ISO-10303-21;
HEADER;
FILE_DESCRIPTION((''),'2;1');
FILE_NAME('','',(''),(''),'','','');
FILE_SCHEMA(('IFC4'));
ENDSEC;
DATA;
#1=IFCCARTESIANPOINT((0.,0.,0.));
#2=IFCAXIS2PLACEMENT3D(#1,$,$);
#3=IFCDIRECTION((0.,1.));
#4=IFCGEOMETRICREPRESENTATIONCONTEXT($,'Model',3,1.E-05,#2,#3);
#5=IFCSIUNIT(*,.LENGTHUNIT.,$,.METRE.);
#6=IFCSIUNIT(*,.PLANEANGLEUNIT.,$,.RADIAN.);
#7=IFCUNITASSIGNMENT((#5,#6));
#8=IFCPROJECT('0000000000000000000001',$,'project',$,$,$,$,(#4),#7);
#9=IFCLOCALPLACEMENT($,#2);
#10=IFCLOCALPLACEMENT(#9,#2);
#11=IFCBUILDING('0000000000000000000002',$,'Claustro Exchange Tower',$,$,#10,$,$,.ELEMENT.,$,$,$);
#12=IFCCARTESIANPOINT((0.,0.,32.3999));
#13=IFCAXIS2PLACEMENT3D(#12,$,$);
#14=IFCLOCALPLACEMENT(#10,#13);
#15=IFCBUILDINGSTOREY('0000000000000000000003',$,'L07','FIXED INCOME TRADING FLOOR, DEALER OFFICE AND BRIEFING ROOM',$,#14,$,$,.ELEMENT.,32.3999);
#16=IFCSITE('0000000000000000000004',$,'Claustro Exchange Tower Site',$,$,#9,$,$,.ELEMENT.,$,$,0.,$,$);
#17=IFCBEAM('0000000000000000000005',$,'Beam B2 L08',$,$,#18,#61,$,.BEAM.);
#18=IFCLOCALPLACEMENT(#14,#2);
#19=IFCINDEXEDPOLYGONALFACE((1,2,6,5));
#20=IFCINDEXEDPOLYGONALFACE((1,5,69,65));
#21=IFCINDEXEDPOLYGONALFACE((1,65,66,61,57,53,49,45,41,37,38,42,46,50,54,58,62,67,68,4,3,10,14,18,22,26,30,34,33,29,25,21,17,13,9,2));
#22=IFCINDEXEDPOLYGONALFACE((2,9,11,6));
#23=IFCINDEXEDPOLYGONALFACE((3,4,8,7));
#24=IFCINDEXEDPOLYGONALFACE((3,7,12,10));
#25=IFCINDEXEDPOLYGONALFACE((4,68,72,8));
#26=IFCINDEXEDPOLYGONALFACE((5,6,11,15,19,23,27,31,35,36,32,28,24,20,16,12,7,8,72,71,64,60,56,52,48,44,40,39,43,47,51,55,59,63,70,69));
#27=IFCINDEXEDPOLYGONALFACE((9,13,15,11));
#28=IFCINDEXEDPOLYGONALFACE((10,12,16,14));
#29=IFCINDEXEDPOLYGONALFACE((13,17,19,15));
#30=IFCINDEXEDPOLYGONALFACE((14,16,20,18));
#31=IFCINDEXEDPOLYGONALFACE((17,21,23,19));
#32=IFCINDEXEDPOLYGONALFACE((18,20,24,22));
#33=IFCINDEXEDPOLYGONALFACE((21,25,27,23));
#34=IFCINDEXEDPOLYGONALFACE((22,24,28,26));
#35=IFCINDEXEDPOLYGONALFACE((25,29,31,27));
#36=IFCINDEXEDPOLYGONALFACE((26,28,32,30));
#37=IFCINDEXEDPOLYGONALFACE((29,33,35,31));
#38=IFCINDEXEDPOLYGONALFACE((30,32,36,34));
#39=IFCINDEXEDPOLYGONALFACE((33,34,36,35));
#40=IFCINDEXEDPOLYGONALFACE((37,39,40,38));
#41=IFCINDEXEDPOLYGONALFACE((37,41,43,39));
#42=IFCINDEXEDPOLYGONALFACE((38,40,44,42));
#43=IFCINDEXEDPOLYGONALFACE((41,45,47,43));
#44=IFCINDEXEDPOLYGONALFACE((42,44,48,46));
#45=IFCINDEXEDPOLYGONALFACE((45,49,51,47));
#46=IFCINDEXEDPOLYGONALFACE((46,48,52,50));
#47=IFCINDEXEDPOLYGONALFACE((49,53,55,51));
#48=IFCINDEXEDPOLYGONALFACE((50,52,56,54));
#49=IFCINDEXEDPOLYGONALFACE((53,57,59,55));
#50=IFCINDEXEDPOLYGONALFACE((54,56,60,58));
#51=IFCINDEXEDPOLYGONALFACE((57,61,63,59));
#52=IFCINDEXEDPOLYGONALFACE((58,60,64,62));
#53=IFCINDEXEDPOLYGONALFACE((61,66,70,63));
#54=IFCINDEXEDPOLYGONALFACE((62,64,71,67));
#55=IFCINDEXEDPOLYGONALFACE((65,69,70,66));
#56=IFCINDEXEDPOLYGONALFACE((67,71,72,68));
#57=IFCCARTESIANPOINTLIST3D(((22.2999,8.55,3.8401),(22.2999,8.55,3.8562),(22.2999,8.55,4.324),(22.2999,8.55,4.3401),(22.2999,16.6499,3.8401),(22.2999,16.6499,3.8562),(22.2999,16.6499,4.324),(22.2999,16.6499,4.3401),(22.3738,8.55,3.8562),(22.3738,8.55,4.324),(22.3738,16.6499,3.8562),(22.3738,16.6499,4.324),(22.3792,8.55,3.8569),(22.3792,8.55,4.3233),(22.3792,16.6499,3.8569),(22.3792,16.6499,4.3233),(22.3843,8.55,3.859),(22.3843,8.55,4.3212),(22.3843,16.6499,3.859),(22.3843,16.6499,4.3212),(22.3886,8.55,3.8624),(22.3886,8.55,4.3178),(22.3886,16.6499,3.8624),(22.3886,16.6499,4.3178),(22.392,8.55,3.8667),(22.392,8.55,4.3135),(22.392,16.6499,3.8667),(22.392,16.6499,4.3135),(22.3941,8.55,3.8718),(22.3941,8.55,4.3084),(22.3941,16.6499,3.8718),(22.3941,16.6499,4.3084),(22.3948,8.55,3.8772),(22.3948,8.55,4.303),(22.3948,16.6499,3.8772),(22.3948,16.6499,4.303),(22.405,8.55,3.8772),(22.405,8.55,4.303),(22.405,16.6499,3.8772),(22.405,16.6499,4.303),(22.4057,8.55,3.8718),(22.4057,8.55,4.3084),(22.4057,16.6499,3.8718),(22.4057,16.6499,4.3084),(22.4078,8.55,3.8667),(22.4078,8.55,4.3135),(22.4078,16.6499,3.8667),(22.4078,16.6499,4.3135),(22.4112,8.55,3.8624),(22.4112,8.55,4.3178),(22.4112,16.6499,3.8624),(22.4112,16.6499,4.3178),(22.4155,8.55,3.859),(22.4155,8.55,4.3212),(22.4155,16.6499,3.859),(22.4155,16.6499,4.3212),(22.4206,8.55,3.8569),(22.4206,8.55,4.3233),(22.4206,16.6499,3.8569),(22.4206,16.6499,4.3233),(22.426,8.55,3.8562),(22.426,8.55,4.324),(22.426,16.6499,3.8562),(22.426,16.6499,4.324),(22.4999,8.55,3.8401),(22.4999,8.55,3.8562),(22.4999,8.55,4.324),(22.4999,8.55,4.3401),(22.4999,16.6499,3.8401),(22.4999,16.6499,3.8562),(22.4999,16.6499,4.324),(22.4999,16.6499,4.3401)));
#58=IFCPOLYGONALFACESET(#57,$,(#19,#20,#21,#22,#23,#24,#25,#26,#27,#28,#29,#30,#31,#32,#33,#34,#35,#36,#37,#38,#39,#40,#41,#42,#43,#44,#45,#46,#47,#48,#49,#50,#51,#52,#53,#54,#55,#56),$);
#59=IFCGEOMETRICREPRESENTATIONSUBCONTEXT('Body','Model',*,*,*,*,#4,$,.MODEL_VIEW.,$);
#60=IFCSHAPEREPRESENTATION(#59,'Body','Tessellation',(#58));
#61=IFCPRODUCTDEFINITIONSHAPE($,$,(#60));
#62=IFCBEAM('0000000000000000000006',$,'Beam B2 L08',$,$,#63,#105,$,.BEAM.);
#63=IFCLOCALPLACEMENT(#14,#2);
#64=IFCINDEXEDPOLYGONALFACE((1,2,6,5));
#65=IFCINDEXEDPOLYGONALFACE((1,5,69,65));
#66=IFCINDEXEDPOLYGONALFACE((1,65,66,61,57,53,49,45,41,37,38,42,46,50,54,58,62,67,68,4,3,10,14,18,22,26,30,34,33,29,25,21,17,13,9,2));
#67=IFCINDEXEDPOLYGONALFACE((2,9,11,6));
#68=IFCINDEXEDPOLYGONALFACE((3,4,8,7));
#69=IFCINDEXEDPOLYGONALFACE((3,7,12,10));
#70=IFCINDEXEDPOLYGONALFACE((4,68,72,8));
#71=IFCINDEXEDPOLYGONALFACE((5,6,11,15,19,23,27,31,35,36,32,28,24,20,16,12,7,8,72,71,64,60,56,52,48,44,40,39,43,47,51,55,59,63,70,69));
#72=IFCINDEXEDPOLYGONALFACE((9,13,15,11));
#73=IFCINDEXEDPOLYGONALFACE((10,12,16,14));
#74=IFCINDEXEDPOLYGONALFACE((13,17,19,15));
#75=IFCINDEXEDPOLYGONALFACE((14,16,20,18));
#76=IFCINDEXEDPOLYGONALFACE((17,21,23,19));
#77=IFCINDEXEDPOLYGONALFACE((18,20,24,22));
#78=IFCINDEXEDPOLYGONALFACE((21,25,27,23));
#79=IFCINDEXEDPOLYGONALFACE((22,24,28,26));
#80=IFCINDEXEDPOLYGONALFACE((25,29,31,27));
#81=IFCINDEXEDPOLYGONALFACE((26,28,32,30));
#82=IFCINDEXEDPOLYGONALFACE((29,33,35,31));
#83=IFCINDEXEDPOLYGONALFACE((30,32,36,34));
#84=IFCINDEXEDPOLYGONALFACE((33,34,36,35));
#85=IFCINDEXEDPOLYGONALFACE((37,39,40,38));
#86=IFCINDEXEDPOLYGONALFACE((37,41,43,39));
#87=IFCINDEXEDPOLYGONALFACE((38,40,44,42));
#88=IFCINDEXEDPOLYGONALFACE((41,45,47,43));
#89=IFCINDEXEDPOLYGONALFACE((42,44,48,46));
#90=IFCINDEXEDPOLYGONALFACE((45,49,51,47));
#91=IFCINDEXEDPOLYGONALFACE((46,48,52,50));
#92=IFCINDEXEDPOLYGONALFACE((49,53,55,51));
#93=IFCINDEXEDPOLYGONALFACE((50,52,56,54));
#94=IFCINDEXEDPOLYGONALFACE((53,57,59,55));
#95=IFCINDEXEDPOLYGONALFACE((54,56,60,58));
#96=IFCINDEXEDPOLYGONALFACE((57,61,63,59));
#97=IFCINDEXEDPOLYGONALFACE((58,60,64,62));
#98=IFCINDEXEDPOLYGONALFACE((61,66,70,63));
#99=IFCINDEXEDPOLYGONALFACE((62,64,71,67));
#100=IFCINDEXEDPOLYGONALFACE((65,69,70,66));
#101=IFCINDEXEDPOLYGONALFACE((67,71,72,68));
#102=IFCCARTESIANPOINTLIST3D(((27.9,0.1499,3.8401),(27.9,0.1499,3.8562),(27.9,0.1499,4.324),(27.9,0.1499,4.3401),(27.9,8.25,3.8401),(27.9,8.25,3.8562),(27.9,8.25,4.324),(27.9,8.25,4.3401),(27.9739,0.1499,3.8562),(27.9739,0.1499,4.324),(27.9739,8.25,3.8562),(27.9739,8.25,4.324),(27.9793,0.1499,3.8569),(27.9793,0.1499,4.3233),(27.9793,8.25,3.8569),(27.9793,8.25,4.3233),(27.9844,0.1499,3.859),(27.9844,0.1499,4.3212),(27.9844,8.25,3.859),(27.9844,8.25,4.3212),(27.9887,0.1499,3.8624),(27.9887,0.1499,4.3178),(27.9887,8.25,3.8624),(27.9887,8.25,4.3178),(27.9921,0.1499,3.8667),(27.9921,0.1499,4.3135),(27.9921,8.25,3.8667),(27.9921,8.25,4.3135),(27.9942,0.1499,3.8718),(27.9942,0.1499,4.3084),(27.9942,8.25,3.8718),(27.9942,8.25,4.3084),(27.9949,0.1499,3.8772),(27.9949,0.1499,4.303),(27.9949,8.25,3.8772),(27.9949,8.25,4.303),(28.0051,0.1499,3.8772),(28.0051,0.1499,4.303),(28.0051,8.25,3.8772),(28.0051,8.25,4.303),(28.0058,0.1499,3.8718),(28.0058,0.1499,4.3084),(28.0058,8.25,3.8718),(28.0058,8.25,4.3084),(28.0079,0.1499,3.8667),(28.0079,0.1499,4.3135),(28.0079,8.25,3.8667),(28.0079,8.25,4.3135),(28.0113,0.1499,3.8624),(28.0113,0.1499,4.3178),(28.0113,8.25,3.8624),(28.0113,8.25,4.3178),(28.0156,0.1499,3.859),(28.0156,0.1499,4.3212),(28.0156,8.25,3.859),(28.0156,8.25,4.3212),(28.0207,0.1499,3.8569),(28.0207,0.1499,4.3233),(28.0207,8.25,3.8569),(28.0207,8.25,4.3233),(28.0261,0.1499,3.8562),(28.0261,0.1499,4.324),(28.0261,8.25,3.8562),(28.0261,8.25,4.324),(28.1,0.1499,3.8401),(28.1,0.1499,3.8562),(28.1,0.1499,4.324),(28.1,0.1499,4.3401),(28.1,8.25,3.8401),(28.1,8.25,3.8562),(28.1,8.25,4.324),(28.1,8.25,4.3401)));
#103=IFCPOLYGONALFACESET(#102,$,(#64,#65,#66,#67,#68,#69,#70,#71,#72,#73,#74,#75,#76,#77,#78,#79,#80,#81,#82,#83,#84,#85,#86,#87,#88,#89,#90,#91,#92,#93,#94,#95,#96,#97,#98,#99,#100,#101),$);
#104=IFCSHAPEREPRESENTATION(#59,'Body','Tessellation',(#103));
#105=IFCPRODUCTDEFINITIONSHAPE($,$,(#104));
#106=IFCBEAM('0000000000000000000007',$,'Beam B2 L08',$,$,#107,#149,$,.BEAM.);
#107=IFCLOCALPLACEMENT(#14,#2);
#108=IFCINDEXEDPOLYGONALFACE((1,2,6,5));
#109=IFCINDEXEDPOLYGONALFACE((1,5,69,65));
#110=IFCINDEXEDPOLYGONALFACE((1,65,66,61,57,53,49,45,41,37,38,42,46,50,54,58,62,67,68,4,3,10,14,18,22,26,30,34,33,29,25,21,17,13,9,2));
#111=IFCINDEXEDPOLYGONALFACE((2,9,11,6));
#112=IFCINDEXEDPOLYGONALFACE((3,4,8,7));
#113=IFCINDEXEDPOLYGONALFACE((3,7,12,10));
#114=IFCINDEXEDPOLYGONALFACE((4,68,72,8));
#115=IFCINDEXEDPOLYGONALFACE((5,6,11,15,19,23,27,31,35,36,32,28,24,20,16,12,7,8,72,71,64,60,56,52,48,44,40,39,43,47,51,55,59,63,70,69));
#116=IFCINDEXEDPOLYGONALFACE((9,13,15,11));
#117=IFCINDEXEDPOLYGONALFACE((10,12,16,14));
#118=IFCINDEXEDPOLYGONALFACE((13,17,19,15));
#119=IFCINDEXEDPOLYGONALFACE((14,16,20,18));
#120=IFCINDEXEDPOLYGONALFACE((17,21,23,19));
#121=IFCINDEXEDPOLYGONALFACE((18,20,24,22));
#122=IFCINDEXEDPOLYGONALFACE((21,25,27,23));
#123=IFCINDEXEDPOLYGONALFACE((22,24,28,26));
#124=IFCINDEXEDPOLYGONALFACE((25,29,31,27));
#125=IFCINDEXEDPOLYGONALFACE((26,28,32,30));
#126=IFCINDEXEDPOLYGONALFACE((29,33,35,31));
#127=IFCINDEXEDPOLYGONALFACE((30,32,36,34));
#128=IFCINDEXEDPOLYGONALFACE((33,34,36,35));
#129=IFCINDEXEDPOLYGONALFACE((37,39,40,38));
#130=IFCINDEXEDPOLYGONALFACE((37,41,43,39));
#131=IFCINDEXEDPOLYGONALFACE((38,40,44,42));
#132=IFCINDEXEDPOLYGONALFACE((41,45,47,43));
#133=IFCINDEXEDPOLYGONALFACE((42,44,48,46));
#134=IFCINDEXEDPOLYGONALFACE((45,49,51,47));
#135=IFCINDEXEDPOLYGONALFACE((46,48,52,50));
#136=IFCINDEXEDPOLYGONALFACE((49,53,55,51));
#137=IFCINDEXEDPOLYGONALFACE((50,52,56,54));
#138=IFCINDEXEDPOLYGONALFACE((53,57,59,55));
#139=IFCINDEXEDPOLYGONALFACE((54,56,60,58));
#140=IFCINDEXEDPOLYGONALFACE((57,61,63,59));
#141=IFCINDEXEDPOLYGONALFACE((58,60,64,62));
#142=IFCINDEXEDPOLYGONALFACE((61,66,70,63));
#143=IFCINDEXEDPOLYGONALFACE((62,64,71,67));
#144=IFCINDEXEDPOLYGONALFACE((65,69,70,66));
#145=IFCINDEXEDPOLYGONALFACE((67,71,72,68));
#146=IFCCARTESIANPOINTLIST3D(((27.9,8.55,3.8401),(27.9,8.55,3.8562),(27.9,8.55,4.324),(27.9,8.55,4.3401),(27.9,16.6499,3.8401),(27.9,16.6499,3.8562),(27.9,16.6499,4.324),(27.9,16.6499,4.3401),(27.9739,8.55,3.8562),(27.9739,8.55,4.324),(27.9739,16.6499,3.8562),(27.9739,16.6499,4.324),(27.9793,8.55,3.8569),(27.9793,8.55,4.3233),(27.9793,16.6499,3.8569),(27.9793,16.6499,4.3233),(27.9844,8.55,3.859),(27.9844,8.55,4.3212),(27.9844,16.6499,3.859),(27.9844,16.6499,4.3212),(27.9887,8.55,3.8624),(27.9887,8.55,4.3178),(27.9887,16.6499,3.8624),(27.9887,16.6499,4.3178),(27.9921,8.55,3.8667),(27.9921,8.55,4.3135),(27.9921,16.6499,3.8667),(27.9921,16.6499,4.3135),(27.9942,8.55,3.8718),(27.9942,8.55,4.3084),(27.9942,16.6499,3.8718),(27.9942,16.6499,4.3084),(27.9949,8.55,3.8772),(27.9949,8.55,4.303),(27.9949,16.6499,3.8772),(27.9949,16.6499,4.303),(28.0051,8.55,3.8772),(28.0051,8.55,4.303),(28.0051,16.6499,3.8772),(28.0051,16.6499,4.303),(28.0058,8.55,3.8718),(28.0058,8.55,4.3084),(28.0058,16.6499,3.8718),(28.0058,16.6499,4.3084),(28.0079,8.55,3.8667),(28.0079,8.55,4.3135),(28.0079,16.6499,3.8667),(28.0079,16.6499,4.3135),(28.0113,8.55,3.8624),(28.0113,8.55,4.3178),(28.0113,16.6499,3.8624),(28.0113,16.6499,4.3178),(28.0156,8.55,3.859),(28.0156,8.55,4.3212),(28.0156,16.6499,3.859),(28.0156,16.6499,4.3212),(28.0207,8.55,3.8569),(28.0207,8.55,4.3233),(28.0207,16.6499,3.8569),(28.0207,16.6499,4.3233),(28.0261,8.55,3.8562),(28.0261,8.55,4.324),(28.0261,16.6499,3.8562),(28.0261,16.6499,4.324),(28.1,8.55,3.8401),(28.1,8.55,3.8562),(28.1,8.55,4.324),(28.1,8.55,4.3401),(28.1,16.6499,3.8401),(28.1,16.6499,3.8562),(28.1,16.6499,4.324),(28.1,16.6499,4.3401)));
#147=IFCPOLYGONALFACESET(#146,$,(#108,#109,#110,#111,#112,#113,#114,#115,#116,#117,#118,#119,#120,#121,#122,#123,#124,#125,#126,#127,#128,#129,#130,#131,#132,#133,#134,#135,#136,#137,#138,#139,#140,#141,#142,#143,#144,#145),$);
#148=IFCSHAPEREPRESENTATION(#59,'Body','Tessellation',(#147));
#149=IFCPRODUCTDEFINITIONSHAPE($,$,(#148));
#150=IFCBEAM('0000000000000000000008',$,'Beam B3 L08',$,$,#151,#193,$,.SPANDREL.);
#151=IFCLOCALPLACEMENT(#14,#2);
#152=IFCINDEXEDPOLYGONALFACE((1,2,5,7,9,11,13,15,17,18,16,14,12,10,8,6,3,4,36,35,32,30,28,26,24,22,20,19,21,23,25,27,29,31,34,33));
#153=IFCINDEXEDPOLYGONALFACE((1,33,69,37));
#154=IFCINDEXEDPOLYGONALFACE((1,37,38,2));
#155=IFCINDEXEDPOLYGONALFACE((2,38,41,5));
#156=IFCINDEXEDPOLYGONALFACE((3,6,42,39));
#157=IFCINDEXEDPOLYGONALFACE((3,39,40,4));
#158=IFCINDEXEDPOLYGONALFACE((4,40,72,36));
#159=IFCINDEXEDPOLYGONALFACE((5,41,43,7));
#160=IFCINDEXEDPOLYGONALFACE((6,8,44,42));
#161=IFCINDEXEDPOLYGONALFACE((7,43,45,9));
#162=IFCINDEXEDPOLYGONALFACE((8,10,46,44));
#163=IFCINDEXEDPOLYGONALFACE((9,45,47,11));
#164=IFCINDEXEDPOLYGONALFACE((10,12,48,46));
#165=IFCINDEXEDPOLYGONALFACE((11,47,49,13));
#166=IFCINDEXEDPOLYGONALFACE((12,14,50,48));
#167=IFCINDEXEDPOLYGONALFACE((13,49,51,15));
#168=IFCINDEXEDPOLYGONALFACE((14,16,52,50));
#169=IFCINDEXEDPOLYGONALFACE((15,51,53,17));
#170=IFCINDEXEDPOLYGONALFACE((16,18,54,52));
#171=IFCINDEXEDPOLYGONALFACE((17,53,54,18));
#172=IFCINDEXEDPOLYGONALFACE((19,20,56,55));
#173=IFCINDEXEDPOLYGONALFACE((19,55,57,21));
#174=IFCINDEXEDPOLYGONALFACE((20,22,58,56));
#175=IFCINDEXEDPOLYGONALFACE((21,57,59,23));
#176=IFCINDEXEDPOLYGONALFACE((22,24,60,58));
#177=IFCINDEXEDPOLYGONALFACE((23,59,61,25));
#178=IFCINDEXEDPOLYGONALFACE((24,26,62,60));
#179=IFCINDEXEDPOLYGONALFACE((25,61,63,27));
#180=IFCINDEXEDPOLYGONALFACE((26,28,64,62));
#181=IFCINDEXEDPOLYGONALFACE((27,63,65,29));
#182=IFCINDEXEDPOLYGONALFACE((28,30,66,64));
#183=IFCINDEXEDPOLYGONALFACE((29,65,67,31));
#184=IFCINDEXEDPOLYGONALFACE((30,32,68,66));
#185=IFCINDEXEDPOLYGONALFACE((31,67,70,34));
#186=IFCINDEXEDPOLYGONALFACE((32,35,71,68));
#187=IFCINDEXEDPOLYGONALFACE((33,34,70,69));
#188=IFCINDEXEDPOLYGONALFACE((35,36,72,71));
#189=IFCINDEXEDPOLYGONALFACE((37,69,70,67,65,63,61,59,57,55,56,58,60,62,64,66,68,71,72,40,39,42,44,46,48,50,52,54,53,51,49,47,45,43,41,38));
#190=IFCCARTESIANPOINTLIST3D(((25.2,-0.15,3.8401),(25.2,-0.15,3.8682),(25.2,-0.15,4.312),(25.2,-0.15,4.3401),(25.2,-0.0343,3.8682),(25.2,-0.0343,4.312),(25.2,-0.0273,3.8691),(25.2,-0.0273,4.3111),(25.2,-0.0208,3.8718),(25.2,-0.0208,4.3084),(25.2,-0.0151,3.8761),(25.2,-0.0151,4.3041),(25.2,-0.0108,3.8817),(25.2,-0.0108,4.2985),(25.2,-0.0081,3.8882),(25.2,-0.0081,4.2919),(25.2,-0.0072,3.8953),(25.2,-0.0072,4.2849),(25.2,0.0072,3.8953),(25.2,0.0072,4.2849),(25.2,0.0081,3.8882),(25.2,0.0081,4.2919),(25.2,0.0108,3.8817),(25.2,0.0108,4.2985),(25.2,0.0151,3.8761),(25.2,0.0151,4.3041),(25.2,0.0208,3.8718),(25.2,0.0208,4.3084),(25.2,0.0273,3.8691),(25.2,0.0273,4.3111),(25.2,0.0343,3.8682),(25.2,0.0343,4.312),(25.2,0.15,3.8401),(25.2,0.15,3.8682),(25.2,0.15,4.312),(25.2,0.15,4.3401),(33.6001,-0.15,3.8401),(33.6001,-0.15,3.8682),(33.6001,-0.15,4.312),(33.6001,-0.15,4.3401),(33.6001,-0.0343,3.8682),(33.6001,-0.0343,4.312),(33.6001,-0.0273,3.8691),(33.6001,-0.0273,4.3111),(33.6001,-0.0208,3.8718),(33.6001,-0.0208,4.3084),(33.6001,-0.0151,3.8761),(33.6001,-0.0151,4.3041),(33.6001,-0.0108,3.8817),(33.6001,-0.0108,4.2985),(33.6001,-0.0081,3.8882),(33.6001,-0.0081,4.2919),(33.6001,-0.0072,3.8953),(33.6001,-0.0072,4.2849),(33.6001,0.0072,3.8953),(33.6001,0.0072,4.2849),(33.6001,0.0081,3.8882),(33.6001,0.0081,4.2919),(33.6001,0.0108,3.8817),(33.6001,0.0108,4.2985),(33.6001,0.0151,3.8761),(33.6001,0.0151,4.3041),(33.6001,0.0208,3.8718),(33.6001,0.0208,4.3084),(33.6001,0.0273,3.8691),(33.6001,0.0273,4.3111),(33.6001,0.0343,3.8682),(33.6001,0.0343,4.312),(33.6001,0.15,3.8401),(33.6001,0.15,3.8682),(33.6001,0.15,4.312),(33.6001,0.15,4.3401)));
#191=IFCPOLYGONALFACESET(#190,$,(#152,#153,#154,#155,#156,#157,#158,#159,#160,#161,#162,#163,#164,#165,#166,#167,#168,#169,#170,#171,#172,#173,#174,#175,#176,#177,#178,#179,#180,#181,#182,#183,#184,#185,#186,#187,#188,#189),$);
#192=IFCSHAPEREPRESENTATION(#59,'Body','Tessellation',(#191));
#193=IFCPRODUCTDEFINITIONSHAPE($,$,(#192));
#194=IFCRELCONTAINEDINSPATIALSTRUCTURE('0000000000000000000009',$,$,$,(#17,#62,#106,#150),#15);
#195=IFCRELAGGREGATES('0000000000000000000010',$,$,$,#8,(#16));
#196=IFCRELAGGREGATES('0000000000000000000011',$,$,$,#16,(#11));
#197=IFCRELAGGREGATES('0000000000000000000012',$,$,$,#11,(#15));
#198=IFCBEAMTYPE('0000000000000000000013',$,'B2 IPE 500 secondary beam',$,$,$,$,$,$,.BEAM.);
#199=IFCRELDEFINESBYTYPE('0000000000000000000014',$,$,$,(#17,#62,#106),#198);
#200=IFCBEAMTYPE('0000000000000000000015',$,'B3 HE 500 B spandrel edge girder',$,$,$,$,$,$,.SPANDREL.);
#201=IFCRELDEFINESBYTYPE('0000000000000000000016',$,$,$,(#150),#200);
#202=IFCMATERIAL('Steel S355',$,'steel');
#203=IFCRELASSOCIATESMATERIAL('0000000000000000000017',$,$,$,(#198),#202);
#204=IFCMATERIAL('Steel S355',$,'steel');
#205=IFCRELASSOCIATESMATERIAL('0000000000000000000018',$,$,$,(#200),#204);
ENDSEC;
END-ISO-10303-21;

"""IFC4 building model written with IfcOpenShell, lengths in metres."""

from ifc_helpers import new_model, si_unit, direction, frame, origin, origin_2d, place, context, subcontext, project, spatial, i_section, extrude, material, material_profile, profile_set, type_object, element, save


model = new_model("IFC4")

# Units and contexts
model_context = context("Model", 3, precision=1e-05, world=origin(), true_north=direction((0.0, 1.0)))
body_context = subcontext(model_context, "Body", "Model", "MODEL_VIEW")
ifc_project = project(units=[si_unit("LENGTHUNIT", "METRE"), si_unit("PLANEANGLEUNIT", "RADIAN")], contexts=[model_context])

# Site, building, storey
site_placement = place(None, origin())
site = spatial("IfcSite", under=ifc_project, at=site_placement, Name="Claustro Exchange Tower Site", CompositionType="ELEMENT", RefElevation=0.0)
building_placement = place(site_placement, origin())
building = spatial("IfcBuilding", under=site, at=building_placement, Name="Claustro Exchange Tower", CompositionType="ELEMENT")
storey_placement = place(building_placement, frame((0.0, 0.0, 32.3999)))
storey = spatial("IfcBuildingStorey", under=building, at=storey_placement, Name="L07", Description="FIXED INCOME TRADING FLOOR, DEALER OFFICE AND BRIEFING ROOM", CompositionType="ELEMENT", Elevation=32.3999)

# Beams
ifc_material_1 = material(Name="Steel S355", Category="steel")
ifc_material_profile_1 = material_profile(ifc_material_1, i_section(OverallWidth=0.2, OverallDepth=0.5, WebThickness=0.0103, FlangeThickness=0.0161, FilletRadius=0.021, at=origin_2d()), Name="IPE 500")
ifc_profile_set_1 = profile_set([ifc_material_profile_1], Name="Steel S355")
beam_type_1 = type_object("IfcBeamType", Name="B2 IPE 500 secondary beam", PredefinedType="BEAM", material=ifc_profile_set_1)
for number, where, z_axis, x_axis, name in (
    (1, (22.3999, 8.55, 4.0901), (0.0, 1.0, 0.0), (-1.0, 0.0, 0.0), "Beam B2 L08"),
):
    element("IfcBeam", number, at=place(storey_placement, frame(where, z_axis=z_axis, x_axis=x_axis)), inside=storey, type_object=beam_type_1, Name=name, PredefinedType="BEAM", context=body_context, shape_type="SweptSolid", body=[
        extrude(i_section(OverallWidth=0.2, OverallDepth=0.5, WebThickness=0.0103, FlangeThickness=0.0161, FilletRadius=0.021, at=origin_2d()), origin(), (0.0, 0.0, 1.0), 8.0999),
    ])
beam_1_placement = place(storey_placement, frame((28.0, 0.1499, 4.0901), z_axis=(0.0, 1.0, 0.0), x_axis=(-1.0, 0.0, 0.0)))
element("IfcBeam", 2, at=beam_1_placement, inside=storey, type_object=beam_type_1, Name="Beam B2 L08", PredefinedType="BEAM", context=body_context, shape_type="SweptSolid", body=[
    extrude(i_section(OverallWidth=0.2, OverallDepth=0.5, WebThickness=0.0103, FlangeThickness=0.0161, FilletRadius=0.021, at=origin_2d()), origin(), (0.0, 0.0, 1.0), 8.1001),
])
beam_2_placement = place(storey_placement, frame((28.0, 8.55, 4.0901), z_axis=(0.0, 1.0, 0.0), x_axis=(-1.0, 0.0, 0.0)))
element("IfcBeam", 3, at=beam_2_placement, inside=storey, type_object=beam_type_1, Name="Beam B2 L08", PredefinedType="BEAM", context=body_context, shape_type="SweptSolid", body=[
    extrude(i_section(OverallWidth=0.2, OverallDepth=0.5, WebThickness=0.0103, FlangeThickness=0.0161, FilletRadius=0.021, at=origin_2d()), origin(), (0.0, 0.0, 1.0), 8.0999),
])
ifc_material_2 = material(Name="Steel S355", Category="steel")
ifc_material_profile_2 = material_profile(ifc_material_2, i_section(OverallWidth=0.3, OverallDepth=0.5, WebThickness=0.0144, FlangeThickness=0.0281, FilletRadius=0.0271, at=origin_2d()), Name="HE 500 B")
ifc_profile_set_2 = profile_set([ifc_material_profile_2], Name="Steel S355")
beam_type_2 = type_object("IfcBeamType", Name="B3 HE 500 B spandrel edge girder", PredefinedType="SPANDREL", material=ifc_profile_set_2)
beam_3_placement = place(storey_placement, frame((25.2, 0.0, 4.0901), z_axis=(1.0, 0.0, 0.0), x_axis=(0.0, 1.0, 0.0)))
element("IfcBeam", 4, at=beam_3_placement, inside=storey, type_object=beam_type_2, Name="Beam B3 L08", PredefinedType="SPANDREL", context=body_context, shape_type="SweptSolid", body=[
    extrude(i_section(OverallWidth=0.3, OverallDepth=0.5, WebThickness=0.0144, FlangeThickness=0.0281, FilletRadius=0.0271, at=origin_2d()), origin(), (0.0, 0.0, 1.0), 8.4001),
])

save(model, "model.ifc")
